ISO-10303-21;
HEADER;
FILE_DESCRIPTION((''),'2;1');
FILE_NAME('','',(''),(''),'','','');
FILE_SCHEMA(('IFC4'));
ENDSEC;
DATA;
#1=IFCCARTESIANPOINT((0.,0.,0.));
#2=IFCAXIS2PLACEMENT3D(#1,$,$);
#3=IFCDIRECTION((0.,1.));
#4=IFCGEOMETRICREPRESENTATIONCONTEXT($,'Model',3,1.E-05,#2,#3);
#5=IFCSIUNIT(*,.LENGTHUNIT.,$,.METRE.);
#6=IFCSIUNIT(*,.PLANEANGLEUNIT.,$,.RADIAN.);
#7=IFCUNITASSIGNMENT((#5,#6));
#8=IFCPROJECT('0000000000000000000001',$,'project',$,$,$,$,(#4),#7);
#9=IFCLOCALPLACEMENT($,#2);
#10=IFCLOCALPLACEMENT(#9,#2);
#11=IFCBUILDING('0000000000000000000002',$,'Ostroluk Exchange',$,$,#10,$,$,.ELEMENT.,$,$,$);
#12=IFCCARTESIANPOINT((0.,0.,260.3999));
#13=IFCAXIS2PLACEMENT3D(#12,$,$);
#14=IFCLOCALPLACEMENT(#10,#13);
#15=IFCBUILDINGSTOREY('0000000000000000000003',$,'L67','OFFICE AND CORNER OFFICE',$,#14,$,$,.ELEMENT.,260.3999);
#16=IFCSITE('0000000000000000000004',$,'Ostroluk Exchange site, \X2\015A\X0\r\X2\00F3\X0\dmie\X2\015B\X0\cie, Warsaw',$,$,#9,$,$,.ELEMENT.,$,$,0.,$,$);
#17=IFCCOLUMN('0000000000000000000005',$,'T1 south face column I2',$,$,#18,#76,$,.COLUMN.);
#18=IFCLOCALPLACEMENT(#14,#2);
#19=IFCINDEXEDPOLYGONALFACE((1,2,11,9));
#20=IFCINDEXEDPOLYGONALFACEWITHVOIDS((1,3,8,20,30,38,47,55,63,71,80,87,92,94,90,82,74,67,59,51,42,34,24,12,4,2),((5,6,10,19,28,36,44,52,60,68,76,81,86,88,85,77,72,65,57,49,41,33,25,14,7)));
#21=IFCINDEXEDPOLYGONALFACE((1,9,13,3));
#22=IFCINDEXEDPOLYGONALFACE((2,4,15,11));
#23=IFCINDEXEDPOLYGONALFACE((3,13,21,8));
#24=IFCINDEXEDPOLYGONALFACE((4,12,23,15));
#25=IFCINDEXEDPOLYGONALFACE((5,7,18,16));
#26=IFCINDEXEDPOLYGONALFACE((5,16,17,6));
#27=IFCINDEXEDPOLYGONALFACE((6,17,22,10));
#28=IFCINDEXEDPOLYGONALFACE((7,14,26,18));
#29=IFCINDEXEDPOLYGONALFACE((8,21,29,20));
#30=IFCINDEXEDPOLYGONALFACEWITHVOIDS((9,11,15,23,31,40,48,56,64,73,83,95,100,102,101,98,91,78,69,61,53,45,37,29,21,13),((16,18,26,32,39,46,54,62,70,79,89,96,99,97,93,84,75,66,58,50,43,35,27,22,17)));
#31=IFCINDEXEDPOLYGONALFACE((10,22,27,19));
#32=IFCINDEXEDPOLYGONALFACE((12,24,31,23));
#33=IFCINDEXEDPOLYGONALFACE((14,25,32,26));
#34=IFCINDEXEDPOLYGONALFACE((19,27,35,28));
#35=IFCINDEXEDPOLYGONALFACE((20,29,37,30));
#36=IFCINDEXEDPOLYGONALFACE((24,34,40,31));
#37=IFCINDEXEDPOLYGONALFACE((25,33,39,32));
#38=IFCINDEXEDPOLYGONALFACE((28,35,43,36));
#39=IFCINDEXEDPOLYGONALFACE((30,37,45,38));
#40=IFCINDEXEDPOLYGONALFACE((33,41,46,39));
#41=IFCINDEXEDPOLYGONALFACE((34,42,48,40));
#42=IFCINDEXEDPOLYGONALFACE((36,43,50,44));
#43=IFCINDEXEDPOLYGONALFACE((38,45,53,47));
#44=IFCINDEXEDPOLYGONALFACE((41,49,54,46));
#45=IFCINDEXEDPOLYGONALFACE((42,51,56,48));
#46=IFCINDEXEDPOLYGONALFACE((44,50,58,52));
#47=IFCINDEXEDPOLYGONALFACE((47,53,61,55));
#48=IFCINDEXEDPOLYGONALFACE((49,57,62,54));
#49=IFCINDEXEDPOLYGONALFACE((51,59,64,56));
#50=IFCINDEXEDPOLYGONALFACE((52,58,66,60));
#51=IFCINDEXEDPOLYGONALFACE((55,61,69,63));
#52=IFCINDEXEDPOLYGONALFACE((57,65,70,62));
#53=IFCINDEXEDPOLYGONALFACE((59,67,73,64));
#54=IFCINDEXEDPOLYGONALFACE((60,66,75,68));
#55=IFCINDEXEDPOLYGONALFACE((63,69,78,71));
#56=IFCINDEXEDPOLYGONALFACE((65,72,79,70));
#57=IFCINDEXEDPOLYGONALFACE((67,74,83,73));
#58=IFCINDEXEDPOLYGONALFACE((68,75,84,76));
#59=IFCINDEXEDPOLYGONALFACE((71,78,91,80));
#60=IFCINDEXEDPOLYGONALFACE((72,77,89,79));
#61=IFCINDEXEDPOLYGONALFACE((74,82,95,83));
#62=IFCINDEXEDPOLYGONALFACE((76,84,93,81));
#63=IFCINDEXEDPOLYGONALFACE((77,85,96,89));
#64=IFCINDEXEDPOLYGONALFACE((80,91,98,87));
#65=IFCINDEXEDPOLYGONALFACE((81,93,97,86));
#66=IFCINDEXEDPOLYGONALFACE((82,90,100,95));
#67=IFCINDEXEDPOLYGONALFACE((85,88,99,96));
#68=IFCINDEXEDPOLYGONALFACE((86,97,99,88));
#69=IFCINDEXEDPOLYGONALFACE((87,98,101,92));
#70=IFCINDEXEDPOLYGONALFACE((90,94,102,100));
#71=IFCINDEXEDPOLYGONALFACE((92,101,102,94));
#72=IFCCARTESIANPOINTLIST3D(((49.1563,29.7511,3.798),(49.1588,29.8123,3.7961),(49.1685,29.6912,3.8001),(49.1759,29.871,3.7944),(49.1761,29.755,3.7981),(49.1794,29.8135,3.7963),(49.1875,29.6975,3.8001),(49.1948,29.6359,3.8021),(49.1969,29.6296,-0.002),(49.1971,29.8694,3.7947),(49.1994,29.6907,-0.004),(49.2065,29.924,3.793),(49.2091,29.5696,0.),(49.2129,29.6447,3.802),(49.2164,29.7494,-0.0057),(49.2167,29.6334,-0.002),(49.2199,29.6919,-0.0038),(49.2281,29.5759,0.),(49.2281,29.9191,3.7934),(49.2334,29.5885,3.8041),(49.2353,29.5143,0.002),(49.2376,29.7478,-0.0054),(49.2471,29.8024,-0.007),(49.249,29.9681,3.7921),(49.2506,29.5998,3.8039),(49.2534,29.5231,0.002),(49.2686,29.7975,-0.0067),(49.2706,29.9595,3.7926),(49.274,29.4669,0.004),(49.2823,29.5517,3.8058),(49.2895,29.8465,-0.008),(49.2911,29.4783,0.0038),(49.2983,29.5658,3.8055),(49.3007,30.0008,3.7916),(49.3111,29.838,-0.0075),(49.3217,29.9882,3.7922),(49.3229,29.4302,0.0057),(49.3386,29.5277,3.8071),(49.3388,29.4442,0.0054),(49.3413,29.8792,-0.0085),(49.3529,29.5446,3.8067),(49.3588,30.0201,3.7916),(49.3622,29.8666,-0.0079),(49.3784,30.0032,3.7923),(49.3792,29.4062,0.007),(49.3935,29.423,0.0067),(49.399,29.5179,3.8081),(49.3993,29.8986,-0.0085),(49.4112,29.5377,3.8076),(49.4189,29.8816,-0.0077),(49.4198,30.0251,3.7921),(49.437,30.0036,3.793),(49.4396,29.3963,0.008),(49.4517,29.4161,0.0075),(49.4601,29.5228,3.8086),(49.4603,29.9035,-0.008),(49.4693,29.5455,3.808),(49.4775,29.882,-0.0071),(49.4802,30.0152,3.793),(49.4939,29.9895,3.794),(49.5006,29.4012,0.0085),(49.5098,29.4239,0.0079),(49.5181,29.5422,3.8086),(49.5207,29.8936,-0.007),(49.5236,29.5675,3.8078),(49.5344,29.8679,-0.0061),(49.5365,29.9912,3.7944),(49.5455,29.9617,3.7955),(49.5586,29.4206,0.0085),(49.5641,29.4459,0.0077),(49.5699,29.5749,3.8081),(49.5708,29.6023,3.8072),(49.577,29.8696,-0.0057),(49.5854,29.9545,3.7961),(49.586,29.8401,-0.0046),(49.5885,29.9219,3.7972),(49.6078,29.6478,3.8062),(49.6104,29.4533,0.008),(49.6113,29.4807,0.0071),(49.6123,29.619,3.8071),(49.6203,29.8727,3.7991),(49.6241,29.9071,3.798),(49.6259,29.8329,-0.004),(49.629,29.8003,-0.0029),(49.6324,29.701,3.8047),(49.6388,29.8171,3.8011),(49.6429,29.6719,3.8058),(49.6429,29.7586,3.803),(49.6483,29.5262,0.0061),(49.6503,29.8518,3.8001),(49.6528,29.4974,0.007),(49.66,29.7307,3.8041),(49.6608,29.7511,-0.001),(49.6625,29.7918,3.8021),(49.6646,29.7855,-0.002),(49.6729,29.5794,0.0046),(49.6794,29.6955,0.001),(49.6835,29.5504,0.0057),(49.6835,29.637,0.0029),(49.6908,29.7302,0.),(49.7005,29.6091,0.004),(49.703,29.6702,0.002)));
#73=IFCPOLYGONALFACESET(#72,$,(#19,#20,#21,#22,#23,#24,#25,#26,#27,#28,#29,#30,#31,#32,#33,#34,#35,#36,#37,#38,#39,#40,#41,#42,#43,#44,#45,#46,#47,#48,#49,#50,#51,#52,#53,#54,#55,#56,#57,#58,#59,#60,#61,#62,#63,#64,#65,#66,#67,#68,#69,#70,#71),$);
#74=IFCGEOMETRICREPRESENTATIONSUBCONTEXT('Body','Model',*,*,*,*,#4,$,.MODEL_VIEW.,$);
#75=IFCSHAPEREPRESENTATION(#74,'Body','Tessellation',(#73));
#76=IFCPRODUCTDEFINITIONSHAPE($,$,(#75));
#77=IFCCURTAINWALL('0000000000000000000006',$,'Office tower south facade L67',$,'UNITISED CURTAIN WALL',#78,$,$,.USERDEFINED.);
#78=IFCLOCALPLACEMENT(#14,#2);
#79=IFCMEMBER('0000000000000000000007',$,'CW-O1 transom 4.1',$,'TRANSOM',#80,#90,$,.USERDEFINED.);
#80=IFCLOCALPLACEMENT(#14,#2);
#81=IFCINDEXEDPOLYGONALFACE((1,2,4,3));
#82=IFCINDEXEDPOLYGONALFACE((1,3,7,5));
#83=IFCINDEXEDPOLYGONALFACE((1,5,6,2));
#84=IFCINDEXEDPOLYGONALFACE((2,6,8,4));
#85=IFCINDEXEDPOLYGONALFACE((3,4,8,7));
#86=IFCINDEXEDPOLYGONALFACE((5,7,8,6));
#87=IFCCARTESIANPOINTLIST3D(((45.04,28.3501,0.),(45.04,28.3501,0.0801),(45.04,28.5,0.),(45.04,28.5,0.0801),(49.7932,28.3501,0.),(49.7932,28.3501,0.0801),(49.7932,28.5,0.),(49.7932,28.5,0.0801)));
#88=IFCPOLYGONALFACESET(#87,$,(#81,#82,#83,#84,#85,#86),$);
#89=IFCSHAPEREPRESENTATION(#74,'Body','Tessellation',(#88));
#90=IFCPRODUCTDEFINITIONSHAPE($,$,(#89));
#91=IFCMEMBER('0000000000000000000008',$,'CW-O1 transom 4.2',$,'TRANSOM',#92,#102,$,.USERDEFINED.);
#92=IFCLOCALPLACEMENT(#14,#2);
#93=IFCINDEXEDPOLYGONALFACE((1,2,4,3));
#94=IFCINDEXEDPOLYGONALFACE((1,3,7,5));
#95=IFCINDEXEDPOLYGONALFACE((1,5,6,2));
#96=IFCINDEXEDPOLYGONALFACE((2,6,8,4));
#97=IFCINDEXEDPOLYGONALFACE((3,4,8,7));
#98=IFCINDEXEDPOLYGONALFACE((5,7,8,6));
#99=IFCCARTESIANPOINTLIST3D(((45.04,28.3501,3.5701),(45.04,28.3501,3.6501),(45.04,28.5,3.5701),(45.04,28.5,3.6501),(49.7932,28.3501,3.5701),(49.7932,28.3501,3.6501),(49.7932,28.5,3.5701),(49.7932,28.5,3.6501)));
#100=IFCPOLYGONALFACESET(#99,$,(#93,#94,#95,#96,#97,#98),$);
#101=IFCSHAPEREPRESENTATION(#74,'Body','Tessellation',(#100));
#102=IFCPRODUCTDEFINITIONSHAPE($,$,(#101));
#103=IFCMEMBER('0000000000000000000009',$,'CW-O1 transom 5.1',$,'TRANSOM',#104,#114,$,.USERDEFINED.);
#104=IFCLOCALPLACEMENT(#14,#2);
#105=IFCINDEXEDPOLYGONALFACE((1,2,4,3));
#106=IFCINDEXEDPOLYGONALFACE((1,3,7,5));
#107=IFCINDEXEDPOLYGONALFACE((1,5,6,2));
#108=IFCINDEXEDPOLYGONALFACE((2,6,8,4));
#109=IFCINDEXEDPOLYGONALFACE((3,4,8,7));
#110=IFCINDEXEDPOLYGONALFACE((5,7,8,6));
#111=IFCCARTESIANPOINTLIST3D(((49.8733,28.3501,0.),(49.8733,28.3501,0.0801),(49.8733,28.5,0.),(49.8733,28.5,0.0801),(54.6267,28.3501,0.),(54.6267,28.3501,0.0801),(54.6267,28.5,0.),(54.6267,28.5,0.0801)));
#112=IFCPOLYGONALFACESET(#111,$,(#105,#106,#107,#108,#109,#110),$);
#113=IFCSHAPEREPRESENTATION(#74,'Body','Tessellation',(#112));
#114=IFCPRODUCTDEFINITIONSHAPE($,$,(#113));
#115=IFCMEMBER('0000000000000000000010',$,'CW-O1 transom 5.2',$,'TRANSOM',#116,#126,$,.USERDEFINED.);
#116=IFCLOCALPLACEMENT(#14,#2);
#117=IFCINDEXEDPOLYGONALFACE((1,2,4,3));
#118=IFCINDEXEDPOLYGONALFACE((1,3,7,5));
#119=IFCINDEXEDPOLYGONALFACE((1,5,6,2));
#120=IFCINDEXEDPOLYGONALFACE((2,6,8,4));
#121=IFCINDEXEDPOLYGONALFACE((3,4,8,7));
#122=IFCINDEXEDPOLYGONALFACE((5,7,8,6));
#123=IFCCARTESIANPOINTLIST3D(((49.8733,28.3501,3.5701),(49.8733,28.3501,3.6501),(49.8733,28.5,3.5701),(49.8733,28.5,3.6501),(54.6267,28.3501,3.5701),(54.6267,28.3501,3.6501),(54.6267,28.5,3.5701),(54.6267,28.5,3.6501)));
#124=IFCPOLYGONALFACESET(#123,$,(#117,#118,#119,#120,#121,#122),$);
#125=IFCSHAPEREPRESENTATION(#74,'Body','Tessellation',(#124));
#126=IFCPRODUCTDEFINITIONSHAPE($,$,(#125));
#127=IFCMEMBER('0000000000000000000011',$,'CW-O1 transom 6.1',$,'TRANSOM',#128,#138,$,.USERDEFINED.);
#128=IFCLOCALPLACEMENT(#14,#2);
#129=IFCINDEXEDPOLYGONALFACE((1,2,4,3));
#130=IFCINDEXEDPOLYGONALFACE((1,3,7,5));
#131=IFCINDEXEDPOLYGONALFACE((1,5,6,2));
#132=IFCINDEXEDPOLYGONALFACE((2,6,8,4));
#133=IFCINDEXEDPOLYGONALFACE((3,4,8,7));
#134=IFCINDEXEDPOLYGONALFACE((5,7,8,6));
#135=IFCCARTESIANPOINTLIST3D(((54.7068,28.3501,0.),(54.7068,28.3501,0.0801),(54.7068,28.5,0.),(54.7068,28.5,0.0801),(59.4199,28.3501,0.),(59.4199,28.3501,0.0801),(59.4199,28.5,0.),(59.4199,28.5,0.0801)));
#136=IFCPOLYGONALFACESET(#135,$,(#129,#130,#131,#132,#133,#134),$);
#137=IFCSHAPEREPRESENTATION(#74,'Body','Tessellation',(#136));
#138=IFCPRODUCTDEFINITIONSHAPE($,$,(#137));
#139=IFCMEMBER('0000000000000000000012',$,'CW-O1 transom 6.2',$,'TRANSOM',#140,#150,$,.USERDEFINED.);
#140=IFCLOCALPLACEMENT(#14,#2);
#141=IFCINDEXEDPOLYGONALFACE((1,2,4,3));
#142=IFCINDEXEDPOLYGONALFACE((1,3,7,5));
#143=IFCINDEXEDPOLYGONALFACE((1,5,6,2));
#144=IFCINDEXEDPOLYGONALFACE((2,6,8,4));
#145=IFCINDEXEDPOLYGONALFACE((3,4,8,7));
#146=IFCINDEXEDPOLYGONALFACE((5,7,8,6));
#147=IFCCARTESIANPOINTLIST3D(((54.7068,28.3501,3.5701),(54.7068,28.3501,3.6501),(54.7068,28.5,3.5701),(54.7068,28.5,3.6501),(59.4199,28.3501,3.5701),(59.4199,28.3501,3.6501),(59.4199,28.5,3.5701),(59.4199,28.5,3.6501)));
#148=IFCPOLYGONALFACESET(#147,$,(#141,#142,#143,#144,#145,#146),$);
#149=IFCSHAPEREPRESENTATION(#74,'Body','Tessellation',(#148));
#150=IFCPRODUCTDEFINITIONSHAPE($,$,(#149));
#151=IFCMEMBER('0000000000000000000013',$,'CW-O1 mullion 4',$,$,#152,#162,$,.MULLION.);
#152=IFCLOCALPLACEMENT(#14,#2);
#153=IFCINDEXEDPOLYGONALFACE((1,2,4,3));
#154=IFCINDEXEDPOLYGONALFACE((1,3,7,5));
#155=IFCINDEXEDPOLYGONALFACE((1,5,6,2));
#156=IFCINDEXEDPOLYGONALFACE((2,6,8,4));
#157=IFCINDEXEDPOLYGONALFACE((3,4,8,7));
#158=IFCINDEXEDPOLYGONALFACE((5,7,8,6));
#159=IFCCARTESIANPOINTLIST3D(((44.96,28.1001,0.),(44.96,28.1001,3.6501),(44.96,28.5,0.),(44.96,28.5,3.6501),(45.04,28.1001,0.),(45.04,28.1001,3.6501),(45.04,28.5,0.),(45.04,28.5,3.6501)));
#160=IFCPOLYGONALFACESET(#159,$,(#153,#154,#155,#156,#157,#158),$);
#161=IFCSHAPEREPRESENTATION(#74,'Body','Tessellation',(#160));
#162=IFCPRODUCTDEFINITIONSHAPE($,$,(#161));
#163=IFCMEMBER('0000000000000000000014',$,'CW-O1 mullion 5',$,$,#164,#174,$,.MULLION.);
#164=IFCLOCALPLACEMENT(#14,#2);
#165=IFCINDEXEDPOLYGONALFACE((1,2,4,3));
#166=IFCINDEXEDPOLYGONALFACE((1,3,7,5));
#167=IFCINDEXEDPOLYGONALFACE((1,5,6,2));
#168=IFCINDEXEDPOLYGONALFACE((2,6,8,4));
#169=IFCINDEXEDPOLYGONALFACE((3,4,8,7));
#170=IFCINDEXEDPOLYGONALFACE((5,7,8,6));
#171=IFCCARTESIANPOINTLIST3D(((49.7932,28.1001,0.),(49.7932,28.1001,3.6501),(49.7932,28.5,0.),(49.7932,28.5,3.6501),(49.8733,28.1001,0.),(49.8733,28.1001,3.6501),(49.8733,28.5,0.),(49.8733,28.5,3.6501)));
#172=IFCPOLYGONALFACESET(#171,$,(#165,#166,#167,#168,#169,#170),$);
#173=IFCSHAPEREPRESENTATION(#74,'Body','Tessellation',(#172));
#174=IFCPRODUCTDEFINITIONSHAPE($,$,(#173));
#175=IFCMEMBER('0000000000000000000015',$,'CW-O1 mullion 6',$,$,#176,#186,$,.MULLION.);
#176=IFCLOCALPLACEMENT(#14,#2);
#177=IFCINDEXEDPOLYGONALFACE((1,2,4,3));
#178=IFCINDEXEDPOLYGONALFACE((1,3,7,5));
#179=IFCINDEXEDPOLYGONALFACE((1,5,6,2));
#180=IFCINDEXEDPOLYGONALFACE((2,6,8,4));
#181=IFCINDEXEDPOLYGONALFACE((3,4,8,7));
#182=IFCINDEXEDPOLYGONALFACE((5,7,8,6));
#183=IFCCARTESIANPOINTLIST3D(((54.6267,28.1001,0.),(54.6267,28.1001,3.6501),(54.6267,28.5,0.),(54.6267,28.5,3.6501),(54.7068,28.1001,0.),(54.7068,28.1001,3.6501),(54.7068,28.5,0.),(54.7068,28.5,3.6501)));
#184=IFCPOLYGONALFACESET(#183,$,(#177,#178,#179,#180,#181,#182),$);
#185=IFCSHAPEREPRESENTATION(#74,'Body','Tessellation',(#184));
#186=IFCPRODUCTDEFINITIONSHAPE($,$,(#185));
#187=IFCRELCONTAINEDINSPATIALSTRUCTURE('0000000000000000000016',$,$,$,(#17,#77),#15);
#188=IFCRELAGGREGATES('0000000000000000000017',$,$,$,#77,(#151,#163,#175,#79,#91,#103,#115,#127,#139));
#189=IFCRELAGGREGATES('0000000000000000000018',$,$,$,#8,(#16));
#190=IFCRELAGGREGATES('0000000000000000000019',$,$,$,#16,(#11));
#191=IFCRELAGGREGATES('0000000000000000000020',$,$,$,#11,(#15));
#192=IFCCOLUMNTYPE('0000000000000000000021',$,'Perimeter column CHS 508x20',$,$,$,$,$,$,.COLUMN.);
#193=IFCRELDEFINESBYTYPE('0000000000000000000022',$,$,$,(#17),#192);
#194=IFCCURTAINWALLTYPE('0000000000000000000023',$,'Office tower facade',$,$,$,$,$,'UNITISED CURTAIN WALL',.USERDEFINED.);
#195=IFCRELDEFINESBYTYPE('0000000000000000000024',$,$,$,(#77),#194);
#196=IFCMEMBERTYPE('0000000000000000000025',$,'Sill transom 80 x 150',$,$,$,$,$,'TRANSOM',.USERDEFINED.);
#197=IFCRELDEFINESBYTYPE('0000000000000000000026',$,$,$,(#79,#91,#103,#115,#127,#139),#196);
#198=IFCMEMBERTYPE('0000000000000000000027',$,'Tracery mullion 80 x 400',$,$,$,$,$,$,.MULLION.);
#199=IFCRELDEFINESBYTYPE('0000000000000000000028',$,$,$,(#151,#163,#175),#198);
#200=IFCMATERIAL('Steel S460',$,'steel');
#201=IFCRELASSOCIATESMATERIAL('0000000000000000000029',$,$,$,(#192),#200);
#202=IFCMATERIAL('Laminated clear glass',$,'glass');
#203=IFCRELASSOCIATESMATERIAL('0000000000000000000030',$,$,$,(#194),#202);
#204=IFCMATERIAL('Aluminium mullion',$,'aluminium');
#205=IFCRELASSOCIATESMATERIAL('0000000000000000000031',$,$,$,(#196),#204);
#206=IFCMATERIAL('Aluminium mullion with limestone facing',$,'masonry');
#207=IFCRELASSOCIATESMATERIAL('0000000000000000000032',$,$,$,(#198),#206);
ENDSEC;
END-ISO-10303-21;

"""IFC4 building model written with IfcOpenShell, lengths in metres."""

from ifc_helpers import new_model, si_unit, direction, frame, origin, origin_2d, place, context, subcontext, project, spatial, rectangle, hollow_circle, extrude, material, material_profile, profile_set, type_object, element, aggregate, save


model = new_model("IFC4")

# Units and contexts
model_context = context("Model", 3, precision=1e-05, world=origin(), true_north=direction((0.0, 1.0)))
body_context = subcontext(model_context, "Body", "Model", "MODEL_VIEW")
ifc_project = project(units=[si_unit("LENGTHUNIT", "METRE"), si_unit("PLANEANGLEUNIT", "RADIAN")], contexts=[model_context])

# Site, building, storey
site_placement = place(None, origin())
site = spatial("IfcSite", under=ifc_project, at=site_placement, Name="Ostroluk Exchange site, Śródmieście, Warsaw", CompositionType="ELEMENT", RefElevation=0.0)
building_placement = place(site_placement, origin())
building = spatial("IfcBuilding", under=site, at=building_placement, Name="Ostroluk Exchange", CompositionType="ELEMENT")
storey_placement = place(building_placement, frame((0.0, 0.0, 260.3999)))
storey = spatial("IfcBuildingStorey", under=building, at=storey_placement, Name="L67", Description="OFFICE AND CORNER OFFICE", CompositionType="ELEMENT", Elevation=260.3999)

# Column
ifc_material_1 = material(Name="Steel S460", Category="steel")
ifc_material_profile_1 = material_profile(ifc_material_1, hollow_circle(Radius=0.2539, WallThickness=0.02, at=origin_2d()), Name="CHS 508x20")
ifc_profile_set_1 = profile_set([ifc_material_profile_1], Name="Steel S460")
column_type = type_object("IfcColumnType", Name="Perimeter column CHS 508x20", PredefinedType="COLUMN", material=ifc_profile_set_1)
column_placement = place(storey_placement, frame((49.45, 29.6499, 0.0), z_axis=(-0.010659, 0.031977, 0.999432), x_axis=(-0.948683, -0.316228, 0.0)))
element("IfcColumn", 1, at=column_placement, inside=storey, type_object=column_type, Name="T1 south face column I2", PredefinedType="COLUMN", context=body_context, shape_type="SweptSolid", body=[
    extrude(hollow_circle(Radius=0.2539, WallThickness=0.02, at=origin_2d()), origin(), (0.0, 0.0, 1.0), 3.8022),
])

# Curtain wall, members
ifc_material_2 = material(Name="Laminated clear glass", Category="glass")
curtain_wall_type = type_object("IfcCurtainWallType", Name="Office tower facade", ElementType="UNITISED CURTAIN WALL", PredefinedType="USERDEFINED", material=ifc_material_2)
curtain_wall_placement = place(storey_placement, origin())
curtain_wall = element("IfcCurtainWall", 2, at=curtain_wall_placement, inside=storey, type_object=curtain_wall_type, Name="Office tower south facade L67", ObjectType="UNITISED CURTAIN WALL", PredefinedType="USERDEFINED")
ifc_material_3 = material(Name="Aluminium mullion", Category="aluminium")
ifc_material_profile_2 = material_profile(ifc_material_3, rectangle(XDim=0.1499, YDim=0.0801, at=origin_2d()), Name="Sill transom 80 x 150")
ifc_profile_set_2 = profile_set([ifc_material_profile_2], Name="Aluminium mullion")
member_type_1 = type_object("IfcMemberType", Name="Sill transom 80 x 150", ElementType="TRANSOM", PredefinedType="USERDEFINED", material=ifc_profile_set_2)
member_1_placement = place(storey_placement, frame((45.04, 28.425, 0.04), z_axis=(1.0, 0.0, 0.0), x_axis=(0.0, 1.0, 0.0)))
member_1 = element("IfcMember", 3, at=member_1_placement, type_object=member_type_1, Name="CW-O1 transom 4.1", ObjectType="TRANSOM", PredefinedType="USERDEFINED", context=body_context, shape_type="SweptSolid", body=[
    extrude(rectangle(XDim=0.1499, YDim=0.0801, at=origin_2d()), origin(), (0.0, 0.0, 1.0), 4.7532),
])
member_2_placement = place(storey_placement, frame((45.04, 28.425, 3.6101), z_axis=(1.0, 0.0, 0.0), x_axis=(0.0, 1.0, 0.0)))
member_2 = element("IfcMember", 4, at=member_2_placement, type_object=member_type_1, Name="CW-O1 transom 4.2", ObjectType="TRANSOM", PredefinedType="USERDEFINED", context=body_context, shape_type="SweptSolid", body=[
    extrude(rectangle(XDim=0.1499, YDim=0.0801, at=origin_2d()), origin(), (0.0, 0.0, 1.0), 4.7532),
])
member_3_placement = place(storey_placement, frame((49.8733, 28.425, 0.04), z_axis=(1.0, 0.0, 0.0), x_axis=(0.0, 1.0, 0.0)))
member_3 = element("IfcMember", 5, at=member_3_placement, type_object=member_type_1, Name="CW-O1 transom 5.1", ObjectType="TRANSOM", PredefinedType="USERDEFINED", context=body_context, shape_type="SweptSolid", body=[
    extrude(rectangle(XDim=0.1499, YDim=0.0801, at=origin_2d()), origin(), (0.0, 0.0, 1.0), 4.7534),
])
member_4_placement = place(storey_placement, frame((49.8733, 28.425, 3.6101), z_axis=(1.0, 0.0, 0.0), x_axis=(0.0, 1.0, 0.0)))
member_4 = element("IfcMember", 6, at=member_4_placement, type_object=member_type_1, Name="CW-O1 transom 5.2", ObjectType="TRANSOM", PredefinedType="USERDEFINED", context=body_context, shape_type="SweptSolid", body=[
    extrude(rectangle(XDim=0.1499, YDim=0.0801, at=origin_2d()), origin(), (0.0, 0.0, 1.0), 4.7534),
])
member_5_placement = place(storey_placement, frame((54.7068, 28.425, 0.04), z_axis=(1.0, 0.0, 0.0), x_axis=(0.0, 1.0, 0.0)))
member_5 = element("IfcMember", 7, at=member_5_placement, type_object=member_type_1, Name="CW-O1 transom 6.1", ObjectType="TRANSOM", PredefinedType="USERDEFINED", context=body_context, shape_type="SweptSolid", body=[
    extrude(rectangle(XDim=0.1499, YDim=0.0801, at=origin_2d()), origin(), (0.0, 0.0, 1.0), 4.7131),
])
member_6_placement = place(storey_placement, frame((54.7068, 28.425, 3.6101), z_axis=(1.0, 0.0, 0.0), x_axis=(0.0, 1.0, 0.0)))
member_6 = element("IfcMember", 8, at=member_6_placement, type_object=member_type_1, Name="CW-O1 transom 6.2", ObjectType="TRANSOM", PredefinedType="USERDEFINED", context=body_context, shape_type="SweptSolid", body=[
    extrude(rectangle(XDim=0.1499, YDim=0.0801, at=origin_2d()), origin(), (0.0, 0.0, 1.0), 4.7131),
])
ifc_material_4 = material(Name="Aluminium mullion with limestone facing", Category="masonry")
ifc_material_profile_3 = material_profile(ifc_material_4, rectangle(XDim=0.3999, YDim=0.0801, at=origin_2d()), Name="Tracery mullion 80 x 400")
ifc_profile_set_3 = profile_set([ifc_material_profile_3], Name="Aluminium mullion with limestone facing")
member_type_2 = type_object("IfcMemberType", Name="Tracery mullion 80 x 400", PredefinedType="MULLION", material=ifc_profile_set_3)
member_7_placement = place(storey_placement, frame((45.0, 28.3, 0.0), z_axis=(0.0, 0.0, 1.0), x_axis=(0.0, 1.0, 0.0)))
member_7 = element("IfcMember", 9, at=member_7_placement, type_object=member_type_2, Name="CW-O1 mullion 4", PredefinedType="MULLION", context=body_context, shape_type="SweptSolid", body=[
    extrude(rectangle(XDim=0.3999, YDim=0.0801, at=origin_2d()), origin(), (0.0, 0.0, 1.0), 3.6501),
])
member_8_placement = place(storey_placement, frame((49.8333, 28.3, 0.0), z_axis=(0.0, 0.0, 1.0), x_axis=(0.0, 1.0, 0.0)))
member_8 = element("IfcMember", 10, at=member_8_placement, type_object=member_type_2, Name="CW-O1 mullion 5", PredefinedType="MULLION", context=body_context, shape_type="SweptSolid", body=[
    extrude(rectangle(XDim=0.3999, YDim=0.0801, at=origin_2d()), origin(), (0.0, 0.0, 1.0), 3.6501),
])
member_9_placement = place(storey_placement, frame((54.6667, 28.3, 0.0), z_axis=(0.0, 0.0, 1.0), x_axis=(0.0, 1.0, 0.0)))
member_9 = element("IfcMember", 11, at=member_9_placement, type_object=member_type_2, Name="CW-O1 mullion 6", PredefinedType="MULLION", context=body_context, shape_type="SweptSolid", body=[
    extrude(rectangle(XDim=0.3999, YDim=0.0801, at=origin_2d()), origin(), (0.0, 0.0, 1.0), 3.6501),
])
aggregate(curtain_wall, [member_7, member_8, member_9, member_1, member_2, member_3, member_4, member_5, member_6])

save(model, "model.ifc")
